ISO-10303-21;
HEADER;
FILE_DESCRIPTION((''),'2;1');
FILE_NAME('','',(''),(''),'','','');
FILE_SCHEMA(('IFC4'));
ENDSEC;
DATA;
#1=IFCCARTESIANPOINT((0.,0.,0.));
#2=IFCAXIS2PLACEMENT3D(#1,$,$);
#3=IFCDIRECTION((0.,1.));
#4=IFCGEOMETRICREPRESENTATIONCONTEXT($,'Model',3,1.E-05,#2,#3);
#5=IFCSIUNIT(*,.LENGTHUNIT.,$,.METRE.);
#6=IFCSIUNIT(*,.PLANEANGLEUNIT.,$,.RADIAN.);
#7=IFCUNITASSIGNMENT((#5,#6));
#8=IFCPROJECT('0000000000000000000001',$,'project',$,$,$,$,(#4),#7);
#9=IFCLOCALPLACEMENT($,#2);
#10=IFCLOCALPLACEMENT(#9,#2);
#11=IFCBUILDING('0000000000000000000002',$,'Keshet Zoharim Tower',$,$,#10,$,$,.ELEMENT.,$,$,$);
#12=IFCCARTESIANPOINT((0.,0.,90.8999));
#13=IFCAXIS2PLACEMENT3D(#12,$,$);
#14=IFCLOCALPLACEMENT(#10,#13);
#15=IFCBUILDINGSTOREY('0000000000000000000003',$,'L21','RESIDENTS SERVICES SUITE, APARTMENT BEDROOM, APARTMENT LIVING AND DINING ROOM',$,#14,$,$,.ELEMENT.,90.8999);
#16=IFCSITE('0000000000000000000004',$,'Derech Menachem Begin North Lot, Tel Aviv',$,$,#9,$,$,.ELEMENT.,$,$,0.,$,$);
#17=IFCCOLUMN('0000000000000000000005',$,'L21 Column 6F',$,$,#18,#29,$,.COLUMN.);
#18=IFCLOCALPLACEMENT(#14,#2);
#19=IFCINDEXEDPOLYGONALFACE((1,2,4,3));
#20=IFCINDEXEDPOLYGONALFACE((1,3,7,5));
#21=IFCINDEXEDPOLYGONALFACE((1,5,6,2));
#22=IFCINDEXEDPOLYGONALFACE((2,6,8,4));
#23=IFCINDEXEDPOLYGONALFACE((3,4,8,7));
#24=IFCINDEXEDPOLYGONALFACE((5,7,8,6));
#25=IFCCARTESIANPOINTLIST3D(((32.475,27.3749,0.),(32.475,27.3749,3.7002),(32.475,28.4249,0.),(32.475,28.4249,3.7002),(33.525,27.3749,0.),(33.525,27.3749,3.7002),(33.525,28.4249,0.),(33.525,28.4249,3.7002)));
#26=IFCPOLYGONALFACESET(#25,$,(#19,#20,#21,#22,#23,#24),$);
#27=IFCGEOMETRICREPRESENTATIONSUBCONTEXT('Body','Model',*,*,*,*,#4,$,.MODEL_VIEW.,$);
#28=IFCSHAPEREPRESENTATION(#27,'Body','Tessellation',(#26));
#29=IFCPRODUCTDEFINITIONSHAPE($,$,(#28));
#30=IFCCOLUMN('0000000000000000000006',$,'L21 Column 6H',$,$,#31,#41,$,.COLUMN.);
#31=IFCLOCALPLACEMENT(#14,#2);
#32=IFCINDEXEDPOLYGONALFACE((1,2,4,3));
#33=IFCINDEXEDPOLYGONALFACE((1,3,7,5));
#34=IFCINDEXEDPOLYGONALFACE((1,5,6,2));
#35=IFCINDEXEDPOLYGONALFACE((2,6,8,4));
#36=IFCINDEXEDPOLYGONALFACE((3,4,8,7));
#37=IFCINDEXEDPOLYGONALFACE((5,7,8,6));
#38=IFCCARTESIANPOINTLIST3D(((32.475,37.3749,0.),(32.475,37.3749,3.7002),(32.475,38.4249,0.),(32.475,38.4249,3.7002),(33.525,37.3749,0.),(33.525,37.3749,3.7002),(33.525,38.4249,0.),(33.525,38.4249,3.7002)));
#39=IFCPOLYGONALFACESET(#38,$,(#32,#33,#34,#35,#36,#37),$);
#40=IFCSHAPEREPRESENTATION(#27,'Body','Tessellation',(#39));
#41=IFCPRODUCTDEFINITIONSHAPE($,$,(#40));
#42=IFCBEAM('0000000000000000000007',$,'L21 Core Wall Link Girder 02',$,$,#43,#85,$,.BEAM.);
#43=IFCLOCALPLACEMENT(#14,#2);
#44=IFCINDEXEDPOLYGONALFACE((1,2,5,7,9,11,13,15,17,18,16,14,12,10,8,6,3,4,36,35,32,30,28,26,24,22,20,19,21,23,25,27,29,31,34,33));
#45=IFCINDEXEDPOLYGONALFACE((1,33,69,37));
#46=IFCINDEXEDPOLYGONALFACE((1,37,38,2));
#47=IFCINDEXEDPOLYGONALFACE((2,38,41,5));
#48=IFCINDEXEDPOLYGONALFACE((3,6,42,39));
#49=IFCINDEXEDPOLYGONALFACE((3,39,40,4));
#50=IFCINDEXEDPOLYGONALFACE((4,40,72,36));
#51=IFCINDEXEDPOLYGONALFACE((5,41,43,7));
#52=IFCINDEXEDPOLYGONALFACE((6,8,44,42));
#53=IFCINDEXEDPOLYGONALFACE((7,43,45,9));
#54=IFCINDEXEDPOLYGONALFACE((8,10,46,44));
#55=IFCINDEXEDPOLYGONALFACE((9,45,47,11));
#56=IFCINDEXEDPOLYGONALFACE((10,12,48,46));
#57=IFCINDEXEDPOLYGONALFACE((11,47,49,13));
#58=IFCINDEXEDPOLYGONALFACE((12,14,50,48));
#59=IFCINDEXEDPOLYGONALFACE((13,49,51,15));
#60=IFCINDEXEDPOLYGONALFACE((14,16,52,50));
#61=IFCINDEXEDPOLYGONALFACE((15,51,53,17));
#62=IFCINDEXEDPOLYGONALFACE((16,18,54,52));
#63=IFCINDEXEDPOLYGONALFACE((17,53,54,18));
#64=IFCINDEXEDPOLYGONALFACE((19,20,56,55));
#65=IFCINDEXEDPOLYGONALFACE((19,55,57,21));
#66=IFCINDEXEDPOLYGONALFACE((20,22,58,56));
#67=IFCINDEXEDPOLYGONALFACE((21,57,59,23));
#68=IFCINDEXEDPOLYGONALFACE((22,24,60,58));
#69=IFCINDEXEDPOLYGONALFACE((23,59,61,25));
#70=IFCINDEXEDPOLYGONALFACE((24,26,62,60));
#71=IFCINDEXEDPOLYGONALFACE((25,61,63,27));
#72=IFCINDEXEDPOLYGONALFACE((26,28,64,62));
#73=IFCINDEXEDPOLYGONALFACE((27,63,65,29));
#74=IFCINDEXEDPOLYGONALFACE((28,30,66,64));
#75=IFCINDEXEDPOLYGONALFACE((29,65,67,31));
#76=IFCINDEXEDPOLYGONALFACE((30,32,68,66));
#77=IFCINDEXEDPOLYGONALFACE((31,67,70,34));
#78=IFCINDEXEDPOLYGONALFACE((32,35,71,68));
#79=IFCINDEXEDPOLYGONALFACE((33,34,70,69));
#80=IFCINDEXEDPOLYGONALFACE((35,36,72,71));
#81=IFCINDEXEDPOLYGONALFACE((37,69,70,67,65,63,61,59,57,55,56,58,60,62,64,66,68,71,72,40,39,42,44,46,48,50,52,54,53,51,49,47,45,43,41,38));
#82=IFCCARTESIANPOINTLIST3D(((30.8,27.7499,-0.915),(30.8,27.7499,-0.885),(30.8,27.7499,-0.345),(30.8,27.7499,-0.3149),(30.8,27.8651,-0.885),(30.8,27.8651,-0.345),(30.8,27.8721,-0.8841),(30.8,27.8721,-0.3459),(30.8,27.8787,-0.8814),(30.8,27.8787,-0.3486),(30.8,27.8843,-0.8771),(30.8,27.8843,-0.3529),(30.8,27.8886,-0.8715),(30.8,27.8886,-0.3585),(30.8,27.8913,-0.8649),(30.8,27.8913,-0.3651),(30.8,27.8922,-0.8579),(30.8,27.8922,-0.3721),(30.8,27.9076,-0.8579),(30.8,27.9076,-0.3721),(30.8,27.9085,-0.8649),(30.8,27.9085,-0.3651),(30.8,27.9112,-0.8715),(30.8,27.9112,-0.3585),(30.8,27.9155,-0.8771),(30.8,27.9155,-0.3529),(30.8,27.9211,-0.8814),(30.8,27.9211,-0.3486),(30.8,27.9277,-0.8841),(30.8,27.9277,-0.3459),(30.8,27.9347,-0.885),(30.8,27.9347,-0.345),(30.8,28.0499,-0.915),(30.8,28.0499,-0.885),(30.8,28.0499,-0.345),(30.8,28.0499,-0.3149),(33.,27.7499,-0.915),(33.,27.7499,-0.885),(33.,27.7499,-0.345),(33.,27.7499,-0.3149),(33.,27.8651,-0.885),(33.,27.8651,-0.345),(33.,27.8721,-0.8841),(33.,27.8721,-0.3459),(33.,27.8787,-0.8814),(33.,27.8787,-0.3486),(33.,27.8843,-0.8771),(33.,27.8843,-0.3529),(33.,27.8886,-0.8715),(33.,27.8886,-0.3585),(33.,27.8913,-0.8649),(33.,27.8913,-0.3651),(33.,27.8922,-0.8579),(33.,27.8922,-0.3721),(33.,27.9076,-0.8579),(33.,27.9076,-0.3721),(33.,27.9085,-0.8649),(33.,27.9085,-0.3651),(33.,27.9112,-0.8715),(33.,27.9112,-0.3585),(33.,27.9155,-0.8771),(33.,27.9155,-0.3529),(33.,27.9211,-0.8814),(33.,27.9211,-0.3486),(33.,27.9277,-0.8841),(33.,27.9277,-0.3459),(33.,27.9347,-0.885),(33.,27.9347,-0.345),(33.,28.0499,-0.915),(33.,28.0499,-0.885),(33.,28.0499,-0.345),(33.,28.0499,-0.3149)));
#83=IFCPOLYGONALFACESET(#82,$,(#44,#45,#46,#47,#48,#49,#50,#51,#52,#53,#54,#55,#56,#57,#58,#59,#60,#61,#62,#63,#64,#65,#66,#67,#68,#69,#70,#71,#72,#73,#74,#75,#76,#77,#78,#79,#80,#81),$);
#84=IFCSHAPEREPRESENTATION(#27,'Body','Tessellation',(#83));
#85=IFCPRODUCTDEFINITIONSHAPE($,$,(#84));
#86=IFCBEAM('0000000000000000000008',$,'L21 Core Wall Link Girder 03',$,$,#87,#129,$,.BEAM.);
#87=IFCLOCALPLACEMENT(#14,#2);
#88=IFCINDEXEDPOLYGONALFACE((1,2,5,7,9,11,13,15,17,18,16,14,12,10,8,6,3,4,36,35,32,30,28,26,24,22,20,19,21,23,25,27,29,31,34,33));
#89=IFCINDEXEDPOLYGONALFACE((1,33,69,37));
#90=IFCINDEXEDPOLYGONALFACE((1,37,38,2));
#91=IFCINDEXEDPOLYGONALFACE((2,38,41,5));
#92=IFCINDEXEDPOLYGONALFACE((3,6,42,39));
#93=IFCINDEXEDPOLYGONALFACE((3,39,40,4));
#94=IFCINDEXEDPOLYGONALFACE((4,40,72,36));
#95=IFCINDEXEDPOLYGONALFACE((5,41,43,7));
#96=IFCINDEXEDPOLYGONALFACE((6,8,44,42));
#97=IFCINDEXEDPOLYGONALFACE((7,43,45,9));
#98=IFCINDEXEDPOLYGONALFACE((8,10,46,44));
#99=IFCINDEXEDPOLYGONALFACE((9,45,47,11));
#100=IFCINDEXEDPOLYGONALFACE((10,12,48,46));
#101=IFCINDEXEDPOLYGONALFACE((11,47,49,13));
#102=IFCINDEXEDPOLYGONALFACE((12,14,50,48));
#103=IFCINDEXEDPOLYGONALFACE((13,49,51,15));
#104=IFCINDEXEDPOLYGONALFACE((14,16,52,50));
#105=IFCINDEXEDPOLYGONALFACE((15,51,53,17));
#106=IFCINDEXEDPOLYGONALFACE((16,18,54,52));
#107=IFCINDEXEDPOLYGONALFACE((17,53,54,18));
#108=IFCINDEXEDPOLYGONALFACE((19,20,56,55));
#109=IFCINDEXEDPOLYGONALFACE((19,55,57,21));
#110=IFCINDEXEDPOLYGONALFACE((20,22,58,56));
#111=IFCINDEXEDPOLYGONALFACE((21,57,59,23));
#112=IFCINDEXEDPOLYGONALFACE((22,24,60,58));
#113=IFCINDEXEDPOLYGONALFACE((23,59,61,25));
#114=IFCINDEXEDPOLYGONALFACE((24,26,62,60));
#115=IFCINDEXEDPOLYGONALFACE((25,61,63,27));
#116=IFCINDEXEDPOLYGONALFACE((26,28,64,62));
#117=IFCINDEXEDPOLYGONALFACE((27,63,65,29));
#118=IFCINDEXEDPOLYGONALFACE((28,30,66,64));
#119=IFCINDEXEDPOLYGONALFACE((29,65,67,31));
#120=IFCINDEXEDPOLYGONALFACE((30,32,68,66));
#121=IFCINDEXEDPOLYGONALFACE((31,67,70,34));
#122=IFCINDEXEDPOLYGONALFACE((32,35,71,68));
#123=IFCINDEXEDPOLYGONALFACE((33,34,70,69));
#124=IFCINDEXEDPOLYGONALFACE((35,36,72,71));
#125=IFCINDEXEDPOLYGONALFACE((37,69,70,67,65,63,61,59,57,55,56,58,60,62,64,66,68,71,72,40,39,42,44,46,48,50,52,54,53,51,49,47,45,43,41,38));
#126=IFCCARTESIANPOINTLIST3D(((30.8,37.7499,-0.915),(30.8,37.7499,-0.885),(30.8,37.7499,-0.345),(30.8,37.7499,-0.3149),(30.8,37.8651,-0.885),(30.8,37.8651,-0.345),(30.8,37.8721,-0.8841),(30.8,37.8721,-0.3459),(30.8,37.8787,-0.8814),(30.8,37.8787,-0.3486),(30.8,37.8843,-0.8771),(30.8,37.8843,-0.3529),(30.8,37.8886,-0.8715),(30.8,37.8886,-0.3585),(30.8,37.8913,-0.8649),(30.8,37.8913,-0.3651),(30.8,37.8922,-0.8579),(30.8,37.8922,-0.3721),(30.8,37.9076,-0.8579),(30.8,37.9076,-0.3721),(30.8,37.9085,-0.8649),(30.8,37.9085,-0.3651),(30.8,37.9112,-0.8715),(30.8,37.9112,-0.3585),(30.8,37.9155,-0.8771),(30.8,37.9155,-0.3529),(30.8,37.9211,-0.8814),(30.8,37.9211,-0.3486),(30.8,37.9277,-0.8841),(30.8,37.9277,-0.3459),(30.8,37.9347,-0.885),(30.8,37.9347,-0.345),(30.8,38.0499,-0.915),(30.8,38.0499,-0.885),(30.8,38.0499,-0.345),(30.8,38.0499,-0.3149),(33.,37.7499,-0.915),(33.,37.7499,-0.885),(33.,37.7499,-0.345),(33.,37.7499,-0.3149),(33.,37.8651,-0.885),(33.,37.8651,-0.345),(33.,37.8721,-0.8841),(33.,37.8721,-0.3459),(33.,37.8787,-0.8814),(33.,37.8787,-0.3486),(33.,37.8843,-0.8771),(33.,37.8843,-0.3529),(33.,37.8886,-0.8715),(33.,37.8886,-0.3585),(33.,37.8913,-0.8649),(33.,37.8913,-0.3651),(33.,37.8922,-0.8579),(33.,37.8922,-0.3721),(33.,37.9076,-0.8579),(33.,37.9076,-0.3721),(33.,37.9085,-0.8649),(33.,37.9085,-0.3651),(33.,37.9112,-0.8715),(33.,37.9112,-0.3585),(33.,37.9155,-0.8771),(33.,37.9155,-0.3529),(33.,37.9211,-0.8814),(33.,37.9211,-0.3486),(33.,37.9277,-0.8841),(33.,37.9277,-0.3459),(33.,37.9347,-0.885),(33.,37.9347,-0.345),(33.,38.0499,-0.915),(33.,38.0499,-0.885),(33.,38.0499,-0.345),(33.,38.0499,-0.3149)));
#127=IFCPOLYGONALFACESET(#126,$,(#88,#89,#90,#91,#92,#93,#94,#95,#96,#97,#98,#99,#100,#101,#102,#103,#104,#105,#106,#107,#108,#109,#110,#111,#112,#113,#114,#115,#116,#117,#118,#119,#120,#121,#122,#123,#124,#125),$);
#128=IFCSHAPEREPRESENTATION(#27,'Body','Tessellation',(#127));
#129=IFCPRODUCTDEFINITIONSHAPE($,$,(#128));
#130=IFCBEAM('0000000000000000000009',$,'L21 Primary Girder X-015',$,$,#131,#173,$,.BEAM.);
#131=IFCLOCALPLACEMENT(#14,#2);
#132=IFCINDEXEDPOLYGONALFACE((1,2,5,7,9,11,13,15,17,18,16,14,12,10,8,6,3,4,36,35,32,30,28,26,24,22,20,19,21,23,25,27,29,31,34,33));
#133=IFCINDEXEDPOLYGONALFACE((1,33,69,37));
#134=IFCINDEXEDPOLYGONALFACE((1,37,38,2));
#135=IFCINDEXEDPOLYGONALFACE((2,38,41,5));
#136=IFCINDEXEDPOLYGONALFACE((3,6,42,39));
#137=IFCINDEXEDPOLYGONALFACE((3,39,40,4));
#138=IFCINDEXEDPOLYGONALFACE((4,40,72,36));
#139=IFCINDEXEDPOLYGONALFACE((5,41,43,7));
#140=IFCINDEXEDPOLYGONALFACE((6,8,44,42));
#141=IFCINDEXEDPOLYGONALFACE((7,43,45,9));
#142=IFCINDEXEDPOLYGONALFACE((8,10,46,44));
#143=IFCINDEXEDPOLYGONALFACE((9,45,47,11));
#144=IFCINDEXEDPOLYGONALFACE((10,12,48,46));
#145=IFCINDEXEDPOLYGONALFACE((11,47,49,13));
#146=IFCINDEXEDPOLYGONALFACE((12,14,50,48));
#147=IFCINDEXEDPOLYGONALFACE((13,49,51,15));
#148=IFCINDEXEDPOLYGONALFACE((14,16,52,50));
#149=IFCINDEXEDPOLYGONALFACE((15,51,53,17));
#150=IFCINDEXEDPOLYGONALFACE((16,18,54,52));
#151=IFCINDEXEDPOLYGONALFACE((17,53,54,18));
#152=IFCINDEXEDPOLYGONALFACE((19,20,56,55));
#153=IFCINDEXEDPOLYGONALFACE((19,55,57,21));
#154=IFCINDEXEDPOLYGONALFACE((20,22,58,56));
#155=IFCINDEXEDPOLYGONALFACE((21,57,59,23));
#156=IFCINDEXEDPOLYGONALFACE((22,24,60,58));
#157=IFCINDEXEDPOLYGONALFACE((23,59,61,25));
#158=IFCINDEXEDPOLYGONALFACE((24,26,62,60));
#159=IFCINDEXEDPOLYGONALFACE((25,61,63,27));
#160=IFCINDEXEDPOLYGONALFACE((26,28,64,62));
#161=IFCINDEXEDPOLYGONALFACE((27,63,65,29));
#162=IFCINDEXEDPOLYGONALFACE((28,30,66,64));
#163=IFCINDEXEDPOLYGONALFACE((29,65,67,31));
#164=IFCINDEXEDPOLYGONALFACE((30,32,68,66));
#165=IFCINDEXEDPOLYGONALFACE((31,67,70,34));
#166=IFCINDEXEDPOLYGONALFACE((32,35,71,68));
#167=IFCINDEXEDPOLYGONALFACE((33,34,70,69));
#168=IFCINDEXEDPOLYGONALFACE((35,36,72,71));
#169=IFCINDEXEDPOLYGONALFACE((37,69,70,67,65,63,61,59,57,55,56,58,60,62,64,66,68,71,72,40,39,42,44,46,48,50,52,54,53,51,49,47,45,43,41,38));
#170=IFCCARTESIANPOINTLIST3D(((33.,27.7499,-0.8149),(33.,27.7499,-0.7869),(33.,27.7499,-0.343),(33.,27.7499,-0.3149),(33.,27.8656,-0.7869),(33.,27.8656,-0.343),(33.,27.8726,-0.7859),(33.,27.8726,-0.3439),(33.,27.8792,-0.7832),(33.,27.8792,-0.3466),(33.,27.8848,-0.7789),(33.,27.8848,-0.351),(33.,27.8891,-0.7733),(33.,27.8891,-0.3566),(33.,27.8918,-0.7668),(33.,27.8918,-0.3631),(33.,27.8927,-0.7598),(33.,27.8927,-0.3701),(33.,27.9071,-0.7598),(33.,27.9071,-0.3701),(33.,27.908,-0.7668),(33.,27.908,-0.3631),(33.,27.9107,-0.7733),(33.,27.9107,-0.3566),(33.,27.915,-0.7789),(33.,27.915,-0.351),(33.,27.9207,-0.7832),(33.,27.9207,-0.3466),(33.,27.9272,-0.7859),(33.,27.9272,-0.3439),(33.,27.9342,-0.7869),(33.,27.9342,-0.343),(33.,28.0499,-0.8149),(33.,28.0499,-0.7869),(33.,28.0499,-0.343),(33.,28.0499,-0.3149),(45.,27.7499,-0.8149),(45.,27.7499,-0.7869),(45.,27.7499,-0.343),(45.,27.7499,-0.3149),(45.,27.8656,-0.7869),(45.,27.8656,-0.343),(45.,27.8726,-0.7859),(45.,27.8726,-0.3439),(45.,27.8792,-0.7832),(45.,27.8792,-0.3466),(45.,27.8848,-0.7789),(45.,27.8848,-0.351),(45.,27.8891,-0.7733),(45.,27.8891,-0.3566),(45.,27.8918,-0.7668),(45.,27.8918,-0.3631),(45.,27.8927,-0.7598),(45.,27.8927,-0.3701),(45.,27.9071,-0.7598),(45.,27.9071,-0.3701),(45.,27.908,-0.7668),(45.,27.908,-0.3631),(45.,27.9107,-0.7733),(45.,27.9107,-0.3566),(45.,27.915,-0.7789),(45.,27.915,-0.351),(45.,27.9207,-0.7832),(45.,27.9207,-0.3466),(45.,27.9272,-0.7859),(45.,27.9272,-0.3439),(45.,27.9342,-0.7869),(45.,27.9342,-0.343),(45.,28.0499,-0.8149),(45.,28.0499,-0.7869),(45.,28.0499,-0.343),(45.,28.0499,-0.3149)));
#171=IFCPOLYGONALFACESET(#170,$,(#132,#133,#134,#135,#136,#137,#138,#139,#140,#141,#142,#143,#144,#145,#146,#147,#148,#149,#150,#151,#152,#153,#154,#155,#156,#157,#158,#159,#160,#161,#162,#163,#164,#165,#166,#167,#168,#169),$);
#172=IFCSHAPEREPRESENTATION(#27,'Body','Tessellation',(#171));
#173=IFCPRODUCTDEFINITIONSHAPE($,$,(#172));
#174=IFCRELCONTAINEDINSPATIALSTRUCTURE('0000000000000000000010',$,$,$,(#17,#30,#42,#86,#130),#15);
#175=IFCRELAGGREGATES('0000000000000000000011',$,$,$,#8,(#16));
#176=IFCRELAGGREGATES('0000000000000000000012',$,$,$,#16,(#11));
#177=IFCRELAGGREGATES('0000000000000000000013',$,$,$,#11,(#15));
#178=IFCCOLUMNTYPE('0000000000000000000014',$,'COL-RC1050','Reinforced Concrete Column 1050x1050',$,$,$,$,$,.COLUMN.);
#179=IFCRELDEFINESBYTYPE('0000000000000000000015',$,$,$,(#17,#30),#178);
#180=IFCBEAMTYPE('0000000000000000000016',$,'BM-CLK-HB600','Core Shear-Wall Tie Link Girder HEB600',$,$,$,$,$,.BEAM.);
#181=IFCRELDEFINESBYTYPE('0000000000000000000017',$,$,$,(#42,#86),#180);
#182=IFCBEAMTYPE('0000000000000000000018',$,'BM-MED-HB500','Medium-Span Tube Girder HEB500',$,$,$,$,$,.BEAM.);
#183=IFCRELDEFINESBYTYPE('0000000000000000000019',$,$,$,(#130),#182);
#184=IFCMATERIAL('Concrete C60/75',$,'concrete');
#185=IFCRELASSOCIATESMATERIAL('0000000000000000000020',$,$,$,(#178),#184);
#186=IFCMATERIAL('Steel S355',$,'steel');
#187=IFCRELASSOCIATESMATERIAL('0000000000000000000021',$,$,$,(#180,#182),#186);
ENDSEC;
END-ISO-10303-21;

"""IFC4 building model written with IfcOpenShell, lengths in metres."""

from ifc_helpers import new_model, si_unit, direction, frame, origin, origin_2d, place, context, subcontext, project, spatial, rectangle, i_section, extrude, material, material_profile, profile_set, type_object, element, save


model = new_model("IFC4")

# Units and contexts
model_context = context("Model", 3, precision=1e-05, world=origin(), true_north=direction((0.0, 1.0)))
body_context = subcontext(model_context, "Body", "Model", "MODEL_VIEW")
ifc_project = project(units=[si_unit("LENGTHUNIT", "METRE"), si_unit("PLANEANGLEUNIT", "RADIAN")], contexts=[model_context])

# Site, building, storey
site_placement = place(None, origin())
site = spatial("IfcSite", under=ifc_project, at=site_placement, Name="Derech Menachem Begin North Lot, Tel Aviv", CompositionType="ELEMENT", RefElevation=0.0)
building_placement = place(site_placement, origin())
building = spatial("IfcBuilding", under=site, at=building_placement, Name="Keshet Zoharim Tower", CompositionType="ELEMENT")
storey_placement = place(building_placement, frame((0.0, 0.0, 90.8999)))
storey = spatial("IfcBuildingStorey", under=building, at=storey_placement, Name="L21", Description="RESIDENTS SERVICES SUITE, APARTMENT BEDROOM, APARTMENT LIVING AND DINING ROOM", CompositionType="ELEMENT", Elevation=90.8999)

# Columns
ifc_material_1 = material(Name="Concrete C60/75", Category="concrete")
ifc_material_profile_1 = material_profile(ifc_material_1, rectangle(XDim=1.05, YDim=1.05, at=origin_2d()), Name="RC1050x1050")
ifc_profile_set_1 = profile_set([ifc_material_profile_1], Name="Concrete C60/75")
column_type = type_object("IfcColumnType", Name="COL-RC1050", Description="Reinforced Concrete Column 1050x1050", PredefinedType="COLUMN", material=ifc_profile_set_1)
for number, where, z_axis, x_axis, name in (
    (1, (33.0, 27.8999, 0.0), (0.0, 0.0, 1.0), (1.0, 0.0, 0.0), "L21 Column 6F"),
    (2, (33.0, 37.8999, 0.0), (0.0, 0.0, 1.0), (1.0, 0.0, 0.0), "L21 Column 6H"),
):
    element("IfcColumn", number, at=place(storey_placement, frame(where, z_axis=z_axis, x_axis=x_axis)), inside=storey, type_object=column_type, Name=name, PredefinedType="COLUMN", context=body_context, shape_type="SweptSolid", body=[
        extrude(rectangle(XDim=1.05, YDim=1.05, at=origin_2d()), origin(), (0.0, 0.0, 1.0), 3.7002),
    ])

# Beams
ifc_material_2 = material(Name="Steel S355", Category="steel")
ifc_material_profile_2 = material_profile(ifc_material_2, i_section(OverallWidth=0.3, OverallDepth=0.6001, WebThickness=0.0154, FlangeThickness=0.03, FilletRadius=0.0271, at=origin_2d()), Name="HEB600")
ifc_profile_set_2 = profile_set([ifc_material_profile_2], Name="Steel S355")
beam_type_1 = type_object("IfcBeamType", Name="BM-CLK-HB600", Description="Core Shear-Wall Tie Link Girder HEB600", PredefinedType="BEAM", material=ifc_profile_set_2)
for number, where, z_axis, x_axis, name in (
    (3, (30.8, 27.8999, -0.615), (1.0, 0.0, 0.0), (0.0, 1.0, 0.0), "L21 Core Wall Link Girder 02"),
    (4, (30.8, 37.8999, -0.615), (1.0, 0.0, 0.0), (0.0, 1.0, 0.0), "L21 Core Wall Link Girder 03"),
):
    element("IfcBeam", number, at=place(storey_placement, frame(where, z_axis=z_axis, x_axis=x_axis)), inside=storey, type_object=beam_type_1, Name=name, PredefinedType="BEAM", context=body_context, shape_type="SweptSolid", body=[
        extrude(i_section(OverallWidth=0.3, OverallDepth=0.6001, WebThickness=0.0154, FlangeThickness=0.03, FilletRadius=0.0271, at=origin_2d()), origin(), (0.0, 0.0, 1.0), 2.2),
    ])
ifc_material_profile_3 = material_profile(ifc_material_2, i_section(OverallWidth=0.3, OverallDepth=0.5, WebThickness=0.0144, FlangeThickness=0.0281, FilletRadius=0.0271, at=origin_2d()), Name="HEB500")
ifc_profile_set_3 = profile_set([ifc_material_profile_3], Name="Steel S355")
beam_type_2 = type_object("IfcBeamType", Name="BM-MED-HB500", Description="Medium-Span Tube Girder HEB500", PredefinedType="BEAM", material=ifc_profile_set_3)
beam_1_placement = place(storey_placement, frame((33.0, 27.8999, -0.5649), z_axis=(1.0, 0.0, 0.0), x_axis=(0.0, 1.0, 0.0)))
element("IfcBeam", 5, at=beam_1_placement, inside=storey, type_object=beam_type_2, Name="L21 Primary Girder X-015", PredefinedType="BEAM", context=body_context, shape_type="SweptSolid", body=[
    extrude(i_section(OverallWidth=0.3, OverallDepth=0.5, WebThickness=0.0144, FlangeThickness=0.0281, FilletRadius=0.0271, at=origin_2d()), origin(), (0.0, 0.0, 1.0), 12.0),
])

save(model, "model.ifc")
